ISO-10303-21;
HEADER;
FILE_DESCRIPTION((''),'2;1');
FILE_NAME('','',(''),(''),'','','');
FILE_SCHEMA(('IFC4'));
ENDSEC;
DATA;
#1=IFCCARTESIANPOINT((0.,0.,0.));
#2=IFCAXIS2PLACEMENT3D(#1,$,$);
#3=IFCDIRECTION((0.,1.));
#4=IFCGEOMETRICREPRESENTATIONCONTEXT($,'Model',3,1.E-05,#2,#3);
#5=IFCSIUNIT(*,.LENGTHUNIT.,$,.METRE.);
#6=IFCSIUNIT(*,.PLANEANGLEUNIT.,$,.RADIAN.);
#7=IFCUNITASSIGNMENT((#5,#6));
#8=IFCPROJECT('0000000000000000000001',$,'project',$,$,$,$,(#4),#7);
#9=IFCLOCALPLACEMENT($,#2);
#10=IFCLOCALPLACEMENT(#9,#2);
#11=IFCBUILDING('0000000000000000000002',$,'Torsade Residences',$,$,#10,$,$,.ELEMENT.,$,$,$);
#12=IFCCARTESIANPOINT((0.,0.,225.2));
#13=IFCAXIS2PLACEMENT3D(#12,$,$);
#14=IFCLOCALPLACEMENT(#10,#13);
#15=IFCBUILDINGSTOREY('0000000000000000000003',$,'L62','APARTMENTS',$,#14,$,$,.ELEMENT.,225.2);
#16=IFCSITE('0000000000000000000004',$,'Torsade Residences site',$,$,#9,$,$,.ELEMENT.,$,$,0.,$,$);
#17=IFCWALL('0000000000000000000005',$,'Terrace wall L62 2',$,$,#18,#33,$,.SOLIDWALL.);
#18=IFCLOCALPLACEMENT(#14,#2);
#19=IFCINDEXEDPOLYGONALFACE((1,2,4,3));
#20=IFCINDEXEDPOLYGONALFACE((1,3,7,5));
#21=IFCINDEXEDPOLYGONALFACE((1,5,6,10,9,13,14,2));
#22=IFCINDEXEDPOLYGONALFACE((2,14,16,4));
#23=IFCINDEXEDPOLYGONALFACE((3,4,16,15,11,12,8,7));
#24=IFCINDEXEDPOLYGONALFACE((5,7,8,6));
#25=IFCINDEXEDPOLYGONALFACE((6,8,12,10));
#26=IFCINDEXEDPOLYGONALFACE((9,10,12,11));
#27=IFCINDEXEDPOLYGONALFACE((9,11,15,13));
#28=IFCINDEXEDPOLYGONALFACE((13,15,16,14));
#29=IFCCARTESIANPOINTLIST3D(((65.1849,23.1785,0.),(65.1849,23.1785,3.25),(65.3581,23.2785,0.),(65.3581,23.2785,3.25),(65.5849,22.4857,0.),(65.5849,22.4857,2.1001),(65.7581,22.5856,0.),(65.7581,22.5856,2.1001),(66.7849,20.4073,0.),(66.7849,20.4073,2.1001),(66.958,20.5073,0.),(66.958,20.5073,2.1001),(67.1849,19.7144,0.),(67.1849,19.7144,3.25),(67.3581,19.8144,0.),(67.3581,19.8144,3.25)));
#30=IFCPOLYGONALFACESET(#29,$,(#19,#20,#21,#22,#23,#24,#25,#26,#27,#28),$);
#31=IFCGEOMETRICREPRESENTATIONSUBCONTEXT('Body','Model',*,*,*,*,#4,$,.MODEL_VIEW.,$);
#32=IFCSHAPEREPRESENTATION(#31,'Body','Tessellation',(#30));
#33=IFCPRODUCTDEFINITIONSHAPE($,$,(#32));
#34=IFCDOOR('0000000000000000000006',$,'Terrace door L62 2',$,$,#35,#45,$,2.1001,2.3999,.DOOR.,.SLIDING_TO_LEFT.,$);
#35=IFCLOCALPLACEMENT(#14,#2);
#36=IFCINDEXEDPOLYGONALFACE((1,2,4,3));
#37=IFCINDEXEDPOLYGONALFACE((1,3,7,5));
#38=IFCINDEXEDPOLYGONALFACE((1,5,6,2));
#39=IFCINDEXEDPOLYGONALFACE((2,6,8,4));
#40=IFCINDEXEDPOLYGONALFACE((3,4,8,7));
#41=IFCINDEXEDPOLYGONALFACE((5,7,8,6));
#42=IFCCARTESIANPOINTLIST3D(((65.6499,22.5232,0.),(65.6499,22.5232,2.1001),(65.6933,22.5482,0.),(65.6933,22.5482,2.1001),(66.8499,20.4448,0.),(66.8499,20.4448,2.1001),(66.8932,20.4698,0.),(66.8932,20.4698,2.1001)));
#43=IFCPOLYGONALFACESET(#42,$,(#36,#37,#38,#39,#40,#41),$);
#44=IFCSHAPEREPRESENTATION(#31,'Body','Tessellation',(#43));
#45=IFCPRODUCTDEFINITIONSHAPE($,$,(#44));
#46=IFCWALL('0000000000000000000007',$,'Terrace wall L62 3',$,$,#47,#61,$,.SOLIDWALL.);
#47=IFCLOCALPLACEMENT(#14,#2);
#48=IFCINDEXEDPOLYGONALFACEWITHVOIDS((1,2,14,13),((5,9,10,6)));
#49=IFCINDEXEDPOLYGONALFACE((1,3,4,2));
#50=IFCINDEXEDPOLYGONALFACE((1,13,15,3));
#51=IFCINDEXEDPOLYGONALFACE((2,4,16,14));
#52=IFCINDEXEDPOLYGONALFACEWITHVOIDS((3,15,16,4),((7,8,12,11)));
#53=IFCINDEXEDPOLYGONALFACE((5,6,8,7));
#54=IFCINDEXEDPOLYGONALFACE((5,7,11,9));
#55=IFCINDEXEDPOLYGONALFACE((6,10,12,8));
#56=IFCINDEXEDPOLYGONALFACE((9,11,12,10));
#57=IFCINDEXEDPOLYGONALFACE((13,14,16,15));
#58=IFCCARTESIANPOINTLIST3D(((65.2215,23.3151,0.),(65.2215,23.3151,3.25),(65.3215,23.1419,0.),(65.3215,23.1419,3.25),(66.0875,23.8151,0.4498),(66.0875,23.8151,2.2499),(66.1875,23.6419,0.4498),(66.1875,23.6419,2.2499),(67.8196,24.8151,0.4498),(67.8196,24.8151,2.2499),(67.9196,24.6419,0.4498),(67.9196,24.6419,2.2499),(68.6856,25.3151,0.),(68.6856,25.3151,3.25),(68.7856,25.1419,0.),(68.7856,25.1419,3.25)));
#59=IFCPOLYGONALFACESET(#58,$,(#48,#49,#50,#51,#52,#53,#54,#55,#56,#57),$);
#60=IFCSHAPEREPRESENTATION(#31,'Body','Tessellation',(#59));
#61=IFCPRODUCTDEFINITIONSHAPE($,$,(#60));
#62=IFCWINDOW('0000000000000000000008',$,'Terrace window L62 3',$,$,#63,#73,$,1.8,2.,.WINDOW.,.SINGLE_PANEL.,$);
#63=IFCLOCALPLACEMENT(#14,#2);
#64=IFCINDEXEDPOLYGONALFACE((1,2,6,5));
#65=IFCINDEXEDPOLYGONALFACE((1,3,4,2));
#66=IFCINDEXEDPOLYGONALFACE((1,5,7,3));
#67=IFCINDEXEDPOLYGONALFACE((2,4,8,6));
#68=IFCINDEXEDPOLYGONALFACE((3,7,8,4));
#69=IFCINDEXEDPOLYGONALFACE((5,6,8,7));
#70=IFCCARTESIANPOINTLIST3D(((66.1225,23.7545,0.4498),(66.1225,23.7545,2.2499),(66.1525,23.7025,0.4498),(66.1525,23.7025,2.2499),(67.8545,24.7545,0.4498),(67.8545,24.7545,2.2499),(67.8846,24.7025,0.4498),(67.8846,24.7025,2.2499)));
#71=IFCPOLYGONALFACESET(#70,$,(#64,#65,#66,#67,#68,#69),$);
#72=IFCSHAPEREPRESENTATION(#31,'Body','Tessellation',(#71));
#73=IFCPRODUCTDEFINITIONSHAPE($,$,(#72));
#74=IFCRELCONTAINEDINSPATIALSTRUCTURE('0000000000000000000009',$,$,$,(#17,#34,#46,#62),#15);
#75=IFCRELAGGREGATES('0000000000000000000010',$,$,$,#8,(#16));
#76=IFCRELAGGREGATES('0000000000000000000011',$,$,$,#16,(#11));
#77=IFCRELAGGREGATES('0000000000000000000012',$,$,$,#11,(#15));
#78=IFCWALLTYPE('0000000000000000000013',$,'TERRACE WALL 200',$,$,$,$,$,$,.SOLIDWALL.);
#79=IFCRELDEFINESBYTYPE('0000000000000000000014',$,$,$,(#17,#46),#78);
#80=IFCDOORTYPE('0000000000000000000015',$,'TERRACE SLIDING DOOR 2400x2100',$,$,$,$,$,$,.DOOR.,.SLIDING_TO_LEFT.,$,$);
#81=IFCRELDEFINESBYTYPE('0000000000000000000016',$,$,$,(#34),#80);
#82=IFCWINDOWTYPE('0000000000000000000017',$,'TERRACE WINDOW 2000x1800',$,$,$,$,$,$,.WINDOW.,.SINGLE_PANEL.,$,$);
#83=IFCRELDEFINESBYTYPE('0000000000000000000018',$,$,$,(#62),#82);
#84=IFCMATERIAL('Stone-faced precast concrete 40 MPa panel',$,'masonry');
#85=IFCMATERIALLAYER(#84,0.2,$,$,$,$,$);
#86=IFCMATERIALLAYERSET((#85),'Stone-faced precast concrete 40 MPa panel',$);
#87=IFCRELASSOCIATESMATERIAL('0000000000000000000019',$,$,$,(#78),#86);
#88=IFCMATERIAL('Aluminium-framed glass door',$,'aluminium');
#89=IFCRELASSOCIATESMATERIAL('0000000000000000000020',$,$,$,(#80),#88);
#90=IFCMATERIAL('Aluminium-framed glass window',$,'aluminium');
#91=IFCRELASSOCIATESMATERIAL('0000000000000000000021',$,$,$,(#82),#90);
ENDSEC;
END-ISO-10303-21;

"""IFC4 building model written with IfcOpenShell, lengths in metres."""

from ifc_helpers import new_model, si_unit, direction, frame, frame_2d, origin, place, context, subcontext, project, spatial, rectangle, extrude, material, layer, layer_set, type_object, element, fill, save


model = new_model("IFC4")

# Units and contexts
model_context = context("Model", 3, precision=1e-05, world=origin(), true_north=direction((0.0, 1.0)))
body_context = subcontext(model_context, "Body", "Model", "MODEL_VIEW")
ifc_project = project(units=[si_unit("LENGTHUNIT", "METRE"), si_unit("PLANEANGLEUNIT", "RADIAN")], contexts=[model_context])

# Site, building, storey
site_placement = place(None, origin())
site = spatial("IfcSite", under=ifc_project, at=site_placement, Name="Torsade Residences site", CompositionType="ELEMENT", RefElevation=0.0)
building_placement = place(site_placement, origin())
building = spatial("IfcBuilding", under=site, at=building_placement, Name="Torsade Residences", CompositionType="ELEMENT")
storey_placement = place(building_placement, frame((0.0, 0.0, 225.2)))
storey = spatial("IfcBuildingStorey", under=building, at=storey_placement, Name="L62", Description="APARTMENTS", CompositionType="ELEMENT", Elevation=225.2)

# Wall, opening, door
ifc_material_1 = material(Name="Stone-faced precast concrete 40 MPa panel", Category="masonry")
ifc_layer_1 = layer(ifc_material_1, 0.2)
ifc_layer_set_1 = layer_set([ifc_layer_1], Name="Stone-faced precast concrete 40 MPa panel")
wall_type_1 = type_object("IfcWallType", Name="TERRACE WALL 200", PredefinedType="SOLIDWALL", material=ifc_layer_set_1)
wall_1_placement = place(storey_placement, frame((67.2715, 19.7644, 0.0), z_axis=(0.0, 0.0, 1.0), x_axis=(-0.499999, 0.866026, 0.0)))
wall_1 = element("IfcWall", 1, at=wall_1_placement, inside=storey, type_object=wall_type_1, Name="Terrace wall L62 2", PredefinedType="SOLIDWALL", context=body_context, shape_type="SweptSolid", body=[
    extrude(rectangle(XDim=4.0, YDim=0.2, at=frame_2d((2.0, 0.0))), origin(), (0.0, 0.0, 1.0), 3.25),
])
opening_1_placement = place(wall_1_placement, frame((0.8, 0.0, 0.0)))
opening_1 = element("IfcOpeningElement", 2, at=opening_1_placement, cuts=wall_1, PredefinedType="OPENING", context=body_context, shape_type="SweptSolid", body=[
    extrude(rectangle(XDim=2.3999, YDim=2.1001, at=frame_2d((1.2, 1.05))), frame((0.0, 0.1099, 0.0), z_axis=(0.0, -1.0, 0.0), x_axis=(1.0, 0.0, 0.0)), (0.0, 0.0, 1.0), 0.22),
])
ifc_material_2 = material(Name="Aluminium-framed glass door", Category="aluminium")
door_type = type_object("IfcDoorType", Name="TERRACE SLIDING DOOR 2400x2100", OperationType="SLIDING_TO_LEFT", PredefinedType="DOOR", material=ifc_material_2)
door_placement = place(opening_1_placement, origin())
door = element("IfcDoor", 3, at=door_placement, inside=storey, type_object=door_type, Name="Terrace door L62 2", OperationType="SLIDING_TO_LEFT", OverallHeight=2.1001, OverallWidth=2.3999, PredefinedType="DOOR", context=body_context, shape_type="SweptSolid", body=[
    extrude(rectangle(XDim=2.3999, YDim=2.1001, at=frame_2d((1.2, 1.05))), frame((0.0, 0.0249, 0.0), z_axis=(0.0, -1.0, 0.0), x_axis=(1.0, 0.0, 0.0)), (0.0, 0.0, 1.0), 0.05),
])
fill(opening_1, door)

# Wall, opening, window
wall_2_placement = place(storey_placement, frame((65.2715, 23.2285, 0.0), z_axis=(0.0, 0.0, 1.0), x_axis=(0.866026, 0.499999, 0.0)))
wall_2 = element("IfcWall", 4, at=wall_2_placement, inside=storey, type_object=wall_type_1, Name="Terrace wall L62 3", PredefinedType="SOLIDWALL", context=body_context, shape_type="SweptSolid", body=[
    extrude(rectangle(XDim=4.0, YDim=0.2, at=frame_2d((2.0, 0.0))), origin(), (0.0, 0.0, 1.0), 3.25),
])
opening_2_placement = place(wall_2_placement, frame((1.0, 0.0, 0.45)))
opening_2 = element("IfcOpeningElement", 5, at=opening_2_placement, cuts=wall_2, PredefinedType="OPENING", context=body_context, shape_type="SweptSolid", body=[
    extrude(rectangle(XDim=2.0, YDim=1.8, at=frame_2d((1.0, 0.8999))), frame((0.0, 0.1099, 0.0), z_axis=(0.0, -1.0, 0.0), x_axis=(1.0, 0.0, 0.0)), (0.0, 0.0, 1.0), 0.22),
])
ifc_material_3 = material(Name="Aluminium-framed glass window", Category="aluminium")
window_type = type_object("IfcWindowType", Name="TERRACE WINDOW 2000x1800", PartitioningType="SINGLE_PANEL", PredefinedType="WINDOW", material=ifc_material_3)
window_placement = place(opening_2_placement, origin())
window = element("IfcWindow", 6, at=window_placement, inside=storey, type_object=window_type, Name="Terrace window L62 3", OverallHeight=1.8, OverallWidth=2.0, PartitioningType="SINGLE_PANEL", PredefinedType="WINDOW", context=body_context, shape_type="SweptSolid", body=[
    extrude(rectangle(XDim=2.0, YDim=1.8, at=frame_2d((1.0, 0.8999))), frame((0.0, 0.03, 0.0), z_axis=(0.0, -1.0, 0.0), x_axis=(1.0, 0.0, 0.0)), (0.0, 0.0, 1.0), 0.0601),
])
fill(opening_2, window)

save(model, "model.ifc")
